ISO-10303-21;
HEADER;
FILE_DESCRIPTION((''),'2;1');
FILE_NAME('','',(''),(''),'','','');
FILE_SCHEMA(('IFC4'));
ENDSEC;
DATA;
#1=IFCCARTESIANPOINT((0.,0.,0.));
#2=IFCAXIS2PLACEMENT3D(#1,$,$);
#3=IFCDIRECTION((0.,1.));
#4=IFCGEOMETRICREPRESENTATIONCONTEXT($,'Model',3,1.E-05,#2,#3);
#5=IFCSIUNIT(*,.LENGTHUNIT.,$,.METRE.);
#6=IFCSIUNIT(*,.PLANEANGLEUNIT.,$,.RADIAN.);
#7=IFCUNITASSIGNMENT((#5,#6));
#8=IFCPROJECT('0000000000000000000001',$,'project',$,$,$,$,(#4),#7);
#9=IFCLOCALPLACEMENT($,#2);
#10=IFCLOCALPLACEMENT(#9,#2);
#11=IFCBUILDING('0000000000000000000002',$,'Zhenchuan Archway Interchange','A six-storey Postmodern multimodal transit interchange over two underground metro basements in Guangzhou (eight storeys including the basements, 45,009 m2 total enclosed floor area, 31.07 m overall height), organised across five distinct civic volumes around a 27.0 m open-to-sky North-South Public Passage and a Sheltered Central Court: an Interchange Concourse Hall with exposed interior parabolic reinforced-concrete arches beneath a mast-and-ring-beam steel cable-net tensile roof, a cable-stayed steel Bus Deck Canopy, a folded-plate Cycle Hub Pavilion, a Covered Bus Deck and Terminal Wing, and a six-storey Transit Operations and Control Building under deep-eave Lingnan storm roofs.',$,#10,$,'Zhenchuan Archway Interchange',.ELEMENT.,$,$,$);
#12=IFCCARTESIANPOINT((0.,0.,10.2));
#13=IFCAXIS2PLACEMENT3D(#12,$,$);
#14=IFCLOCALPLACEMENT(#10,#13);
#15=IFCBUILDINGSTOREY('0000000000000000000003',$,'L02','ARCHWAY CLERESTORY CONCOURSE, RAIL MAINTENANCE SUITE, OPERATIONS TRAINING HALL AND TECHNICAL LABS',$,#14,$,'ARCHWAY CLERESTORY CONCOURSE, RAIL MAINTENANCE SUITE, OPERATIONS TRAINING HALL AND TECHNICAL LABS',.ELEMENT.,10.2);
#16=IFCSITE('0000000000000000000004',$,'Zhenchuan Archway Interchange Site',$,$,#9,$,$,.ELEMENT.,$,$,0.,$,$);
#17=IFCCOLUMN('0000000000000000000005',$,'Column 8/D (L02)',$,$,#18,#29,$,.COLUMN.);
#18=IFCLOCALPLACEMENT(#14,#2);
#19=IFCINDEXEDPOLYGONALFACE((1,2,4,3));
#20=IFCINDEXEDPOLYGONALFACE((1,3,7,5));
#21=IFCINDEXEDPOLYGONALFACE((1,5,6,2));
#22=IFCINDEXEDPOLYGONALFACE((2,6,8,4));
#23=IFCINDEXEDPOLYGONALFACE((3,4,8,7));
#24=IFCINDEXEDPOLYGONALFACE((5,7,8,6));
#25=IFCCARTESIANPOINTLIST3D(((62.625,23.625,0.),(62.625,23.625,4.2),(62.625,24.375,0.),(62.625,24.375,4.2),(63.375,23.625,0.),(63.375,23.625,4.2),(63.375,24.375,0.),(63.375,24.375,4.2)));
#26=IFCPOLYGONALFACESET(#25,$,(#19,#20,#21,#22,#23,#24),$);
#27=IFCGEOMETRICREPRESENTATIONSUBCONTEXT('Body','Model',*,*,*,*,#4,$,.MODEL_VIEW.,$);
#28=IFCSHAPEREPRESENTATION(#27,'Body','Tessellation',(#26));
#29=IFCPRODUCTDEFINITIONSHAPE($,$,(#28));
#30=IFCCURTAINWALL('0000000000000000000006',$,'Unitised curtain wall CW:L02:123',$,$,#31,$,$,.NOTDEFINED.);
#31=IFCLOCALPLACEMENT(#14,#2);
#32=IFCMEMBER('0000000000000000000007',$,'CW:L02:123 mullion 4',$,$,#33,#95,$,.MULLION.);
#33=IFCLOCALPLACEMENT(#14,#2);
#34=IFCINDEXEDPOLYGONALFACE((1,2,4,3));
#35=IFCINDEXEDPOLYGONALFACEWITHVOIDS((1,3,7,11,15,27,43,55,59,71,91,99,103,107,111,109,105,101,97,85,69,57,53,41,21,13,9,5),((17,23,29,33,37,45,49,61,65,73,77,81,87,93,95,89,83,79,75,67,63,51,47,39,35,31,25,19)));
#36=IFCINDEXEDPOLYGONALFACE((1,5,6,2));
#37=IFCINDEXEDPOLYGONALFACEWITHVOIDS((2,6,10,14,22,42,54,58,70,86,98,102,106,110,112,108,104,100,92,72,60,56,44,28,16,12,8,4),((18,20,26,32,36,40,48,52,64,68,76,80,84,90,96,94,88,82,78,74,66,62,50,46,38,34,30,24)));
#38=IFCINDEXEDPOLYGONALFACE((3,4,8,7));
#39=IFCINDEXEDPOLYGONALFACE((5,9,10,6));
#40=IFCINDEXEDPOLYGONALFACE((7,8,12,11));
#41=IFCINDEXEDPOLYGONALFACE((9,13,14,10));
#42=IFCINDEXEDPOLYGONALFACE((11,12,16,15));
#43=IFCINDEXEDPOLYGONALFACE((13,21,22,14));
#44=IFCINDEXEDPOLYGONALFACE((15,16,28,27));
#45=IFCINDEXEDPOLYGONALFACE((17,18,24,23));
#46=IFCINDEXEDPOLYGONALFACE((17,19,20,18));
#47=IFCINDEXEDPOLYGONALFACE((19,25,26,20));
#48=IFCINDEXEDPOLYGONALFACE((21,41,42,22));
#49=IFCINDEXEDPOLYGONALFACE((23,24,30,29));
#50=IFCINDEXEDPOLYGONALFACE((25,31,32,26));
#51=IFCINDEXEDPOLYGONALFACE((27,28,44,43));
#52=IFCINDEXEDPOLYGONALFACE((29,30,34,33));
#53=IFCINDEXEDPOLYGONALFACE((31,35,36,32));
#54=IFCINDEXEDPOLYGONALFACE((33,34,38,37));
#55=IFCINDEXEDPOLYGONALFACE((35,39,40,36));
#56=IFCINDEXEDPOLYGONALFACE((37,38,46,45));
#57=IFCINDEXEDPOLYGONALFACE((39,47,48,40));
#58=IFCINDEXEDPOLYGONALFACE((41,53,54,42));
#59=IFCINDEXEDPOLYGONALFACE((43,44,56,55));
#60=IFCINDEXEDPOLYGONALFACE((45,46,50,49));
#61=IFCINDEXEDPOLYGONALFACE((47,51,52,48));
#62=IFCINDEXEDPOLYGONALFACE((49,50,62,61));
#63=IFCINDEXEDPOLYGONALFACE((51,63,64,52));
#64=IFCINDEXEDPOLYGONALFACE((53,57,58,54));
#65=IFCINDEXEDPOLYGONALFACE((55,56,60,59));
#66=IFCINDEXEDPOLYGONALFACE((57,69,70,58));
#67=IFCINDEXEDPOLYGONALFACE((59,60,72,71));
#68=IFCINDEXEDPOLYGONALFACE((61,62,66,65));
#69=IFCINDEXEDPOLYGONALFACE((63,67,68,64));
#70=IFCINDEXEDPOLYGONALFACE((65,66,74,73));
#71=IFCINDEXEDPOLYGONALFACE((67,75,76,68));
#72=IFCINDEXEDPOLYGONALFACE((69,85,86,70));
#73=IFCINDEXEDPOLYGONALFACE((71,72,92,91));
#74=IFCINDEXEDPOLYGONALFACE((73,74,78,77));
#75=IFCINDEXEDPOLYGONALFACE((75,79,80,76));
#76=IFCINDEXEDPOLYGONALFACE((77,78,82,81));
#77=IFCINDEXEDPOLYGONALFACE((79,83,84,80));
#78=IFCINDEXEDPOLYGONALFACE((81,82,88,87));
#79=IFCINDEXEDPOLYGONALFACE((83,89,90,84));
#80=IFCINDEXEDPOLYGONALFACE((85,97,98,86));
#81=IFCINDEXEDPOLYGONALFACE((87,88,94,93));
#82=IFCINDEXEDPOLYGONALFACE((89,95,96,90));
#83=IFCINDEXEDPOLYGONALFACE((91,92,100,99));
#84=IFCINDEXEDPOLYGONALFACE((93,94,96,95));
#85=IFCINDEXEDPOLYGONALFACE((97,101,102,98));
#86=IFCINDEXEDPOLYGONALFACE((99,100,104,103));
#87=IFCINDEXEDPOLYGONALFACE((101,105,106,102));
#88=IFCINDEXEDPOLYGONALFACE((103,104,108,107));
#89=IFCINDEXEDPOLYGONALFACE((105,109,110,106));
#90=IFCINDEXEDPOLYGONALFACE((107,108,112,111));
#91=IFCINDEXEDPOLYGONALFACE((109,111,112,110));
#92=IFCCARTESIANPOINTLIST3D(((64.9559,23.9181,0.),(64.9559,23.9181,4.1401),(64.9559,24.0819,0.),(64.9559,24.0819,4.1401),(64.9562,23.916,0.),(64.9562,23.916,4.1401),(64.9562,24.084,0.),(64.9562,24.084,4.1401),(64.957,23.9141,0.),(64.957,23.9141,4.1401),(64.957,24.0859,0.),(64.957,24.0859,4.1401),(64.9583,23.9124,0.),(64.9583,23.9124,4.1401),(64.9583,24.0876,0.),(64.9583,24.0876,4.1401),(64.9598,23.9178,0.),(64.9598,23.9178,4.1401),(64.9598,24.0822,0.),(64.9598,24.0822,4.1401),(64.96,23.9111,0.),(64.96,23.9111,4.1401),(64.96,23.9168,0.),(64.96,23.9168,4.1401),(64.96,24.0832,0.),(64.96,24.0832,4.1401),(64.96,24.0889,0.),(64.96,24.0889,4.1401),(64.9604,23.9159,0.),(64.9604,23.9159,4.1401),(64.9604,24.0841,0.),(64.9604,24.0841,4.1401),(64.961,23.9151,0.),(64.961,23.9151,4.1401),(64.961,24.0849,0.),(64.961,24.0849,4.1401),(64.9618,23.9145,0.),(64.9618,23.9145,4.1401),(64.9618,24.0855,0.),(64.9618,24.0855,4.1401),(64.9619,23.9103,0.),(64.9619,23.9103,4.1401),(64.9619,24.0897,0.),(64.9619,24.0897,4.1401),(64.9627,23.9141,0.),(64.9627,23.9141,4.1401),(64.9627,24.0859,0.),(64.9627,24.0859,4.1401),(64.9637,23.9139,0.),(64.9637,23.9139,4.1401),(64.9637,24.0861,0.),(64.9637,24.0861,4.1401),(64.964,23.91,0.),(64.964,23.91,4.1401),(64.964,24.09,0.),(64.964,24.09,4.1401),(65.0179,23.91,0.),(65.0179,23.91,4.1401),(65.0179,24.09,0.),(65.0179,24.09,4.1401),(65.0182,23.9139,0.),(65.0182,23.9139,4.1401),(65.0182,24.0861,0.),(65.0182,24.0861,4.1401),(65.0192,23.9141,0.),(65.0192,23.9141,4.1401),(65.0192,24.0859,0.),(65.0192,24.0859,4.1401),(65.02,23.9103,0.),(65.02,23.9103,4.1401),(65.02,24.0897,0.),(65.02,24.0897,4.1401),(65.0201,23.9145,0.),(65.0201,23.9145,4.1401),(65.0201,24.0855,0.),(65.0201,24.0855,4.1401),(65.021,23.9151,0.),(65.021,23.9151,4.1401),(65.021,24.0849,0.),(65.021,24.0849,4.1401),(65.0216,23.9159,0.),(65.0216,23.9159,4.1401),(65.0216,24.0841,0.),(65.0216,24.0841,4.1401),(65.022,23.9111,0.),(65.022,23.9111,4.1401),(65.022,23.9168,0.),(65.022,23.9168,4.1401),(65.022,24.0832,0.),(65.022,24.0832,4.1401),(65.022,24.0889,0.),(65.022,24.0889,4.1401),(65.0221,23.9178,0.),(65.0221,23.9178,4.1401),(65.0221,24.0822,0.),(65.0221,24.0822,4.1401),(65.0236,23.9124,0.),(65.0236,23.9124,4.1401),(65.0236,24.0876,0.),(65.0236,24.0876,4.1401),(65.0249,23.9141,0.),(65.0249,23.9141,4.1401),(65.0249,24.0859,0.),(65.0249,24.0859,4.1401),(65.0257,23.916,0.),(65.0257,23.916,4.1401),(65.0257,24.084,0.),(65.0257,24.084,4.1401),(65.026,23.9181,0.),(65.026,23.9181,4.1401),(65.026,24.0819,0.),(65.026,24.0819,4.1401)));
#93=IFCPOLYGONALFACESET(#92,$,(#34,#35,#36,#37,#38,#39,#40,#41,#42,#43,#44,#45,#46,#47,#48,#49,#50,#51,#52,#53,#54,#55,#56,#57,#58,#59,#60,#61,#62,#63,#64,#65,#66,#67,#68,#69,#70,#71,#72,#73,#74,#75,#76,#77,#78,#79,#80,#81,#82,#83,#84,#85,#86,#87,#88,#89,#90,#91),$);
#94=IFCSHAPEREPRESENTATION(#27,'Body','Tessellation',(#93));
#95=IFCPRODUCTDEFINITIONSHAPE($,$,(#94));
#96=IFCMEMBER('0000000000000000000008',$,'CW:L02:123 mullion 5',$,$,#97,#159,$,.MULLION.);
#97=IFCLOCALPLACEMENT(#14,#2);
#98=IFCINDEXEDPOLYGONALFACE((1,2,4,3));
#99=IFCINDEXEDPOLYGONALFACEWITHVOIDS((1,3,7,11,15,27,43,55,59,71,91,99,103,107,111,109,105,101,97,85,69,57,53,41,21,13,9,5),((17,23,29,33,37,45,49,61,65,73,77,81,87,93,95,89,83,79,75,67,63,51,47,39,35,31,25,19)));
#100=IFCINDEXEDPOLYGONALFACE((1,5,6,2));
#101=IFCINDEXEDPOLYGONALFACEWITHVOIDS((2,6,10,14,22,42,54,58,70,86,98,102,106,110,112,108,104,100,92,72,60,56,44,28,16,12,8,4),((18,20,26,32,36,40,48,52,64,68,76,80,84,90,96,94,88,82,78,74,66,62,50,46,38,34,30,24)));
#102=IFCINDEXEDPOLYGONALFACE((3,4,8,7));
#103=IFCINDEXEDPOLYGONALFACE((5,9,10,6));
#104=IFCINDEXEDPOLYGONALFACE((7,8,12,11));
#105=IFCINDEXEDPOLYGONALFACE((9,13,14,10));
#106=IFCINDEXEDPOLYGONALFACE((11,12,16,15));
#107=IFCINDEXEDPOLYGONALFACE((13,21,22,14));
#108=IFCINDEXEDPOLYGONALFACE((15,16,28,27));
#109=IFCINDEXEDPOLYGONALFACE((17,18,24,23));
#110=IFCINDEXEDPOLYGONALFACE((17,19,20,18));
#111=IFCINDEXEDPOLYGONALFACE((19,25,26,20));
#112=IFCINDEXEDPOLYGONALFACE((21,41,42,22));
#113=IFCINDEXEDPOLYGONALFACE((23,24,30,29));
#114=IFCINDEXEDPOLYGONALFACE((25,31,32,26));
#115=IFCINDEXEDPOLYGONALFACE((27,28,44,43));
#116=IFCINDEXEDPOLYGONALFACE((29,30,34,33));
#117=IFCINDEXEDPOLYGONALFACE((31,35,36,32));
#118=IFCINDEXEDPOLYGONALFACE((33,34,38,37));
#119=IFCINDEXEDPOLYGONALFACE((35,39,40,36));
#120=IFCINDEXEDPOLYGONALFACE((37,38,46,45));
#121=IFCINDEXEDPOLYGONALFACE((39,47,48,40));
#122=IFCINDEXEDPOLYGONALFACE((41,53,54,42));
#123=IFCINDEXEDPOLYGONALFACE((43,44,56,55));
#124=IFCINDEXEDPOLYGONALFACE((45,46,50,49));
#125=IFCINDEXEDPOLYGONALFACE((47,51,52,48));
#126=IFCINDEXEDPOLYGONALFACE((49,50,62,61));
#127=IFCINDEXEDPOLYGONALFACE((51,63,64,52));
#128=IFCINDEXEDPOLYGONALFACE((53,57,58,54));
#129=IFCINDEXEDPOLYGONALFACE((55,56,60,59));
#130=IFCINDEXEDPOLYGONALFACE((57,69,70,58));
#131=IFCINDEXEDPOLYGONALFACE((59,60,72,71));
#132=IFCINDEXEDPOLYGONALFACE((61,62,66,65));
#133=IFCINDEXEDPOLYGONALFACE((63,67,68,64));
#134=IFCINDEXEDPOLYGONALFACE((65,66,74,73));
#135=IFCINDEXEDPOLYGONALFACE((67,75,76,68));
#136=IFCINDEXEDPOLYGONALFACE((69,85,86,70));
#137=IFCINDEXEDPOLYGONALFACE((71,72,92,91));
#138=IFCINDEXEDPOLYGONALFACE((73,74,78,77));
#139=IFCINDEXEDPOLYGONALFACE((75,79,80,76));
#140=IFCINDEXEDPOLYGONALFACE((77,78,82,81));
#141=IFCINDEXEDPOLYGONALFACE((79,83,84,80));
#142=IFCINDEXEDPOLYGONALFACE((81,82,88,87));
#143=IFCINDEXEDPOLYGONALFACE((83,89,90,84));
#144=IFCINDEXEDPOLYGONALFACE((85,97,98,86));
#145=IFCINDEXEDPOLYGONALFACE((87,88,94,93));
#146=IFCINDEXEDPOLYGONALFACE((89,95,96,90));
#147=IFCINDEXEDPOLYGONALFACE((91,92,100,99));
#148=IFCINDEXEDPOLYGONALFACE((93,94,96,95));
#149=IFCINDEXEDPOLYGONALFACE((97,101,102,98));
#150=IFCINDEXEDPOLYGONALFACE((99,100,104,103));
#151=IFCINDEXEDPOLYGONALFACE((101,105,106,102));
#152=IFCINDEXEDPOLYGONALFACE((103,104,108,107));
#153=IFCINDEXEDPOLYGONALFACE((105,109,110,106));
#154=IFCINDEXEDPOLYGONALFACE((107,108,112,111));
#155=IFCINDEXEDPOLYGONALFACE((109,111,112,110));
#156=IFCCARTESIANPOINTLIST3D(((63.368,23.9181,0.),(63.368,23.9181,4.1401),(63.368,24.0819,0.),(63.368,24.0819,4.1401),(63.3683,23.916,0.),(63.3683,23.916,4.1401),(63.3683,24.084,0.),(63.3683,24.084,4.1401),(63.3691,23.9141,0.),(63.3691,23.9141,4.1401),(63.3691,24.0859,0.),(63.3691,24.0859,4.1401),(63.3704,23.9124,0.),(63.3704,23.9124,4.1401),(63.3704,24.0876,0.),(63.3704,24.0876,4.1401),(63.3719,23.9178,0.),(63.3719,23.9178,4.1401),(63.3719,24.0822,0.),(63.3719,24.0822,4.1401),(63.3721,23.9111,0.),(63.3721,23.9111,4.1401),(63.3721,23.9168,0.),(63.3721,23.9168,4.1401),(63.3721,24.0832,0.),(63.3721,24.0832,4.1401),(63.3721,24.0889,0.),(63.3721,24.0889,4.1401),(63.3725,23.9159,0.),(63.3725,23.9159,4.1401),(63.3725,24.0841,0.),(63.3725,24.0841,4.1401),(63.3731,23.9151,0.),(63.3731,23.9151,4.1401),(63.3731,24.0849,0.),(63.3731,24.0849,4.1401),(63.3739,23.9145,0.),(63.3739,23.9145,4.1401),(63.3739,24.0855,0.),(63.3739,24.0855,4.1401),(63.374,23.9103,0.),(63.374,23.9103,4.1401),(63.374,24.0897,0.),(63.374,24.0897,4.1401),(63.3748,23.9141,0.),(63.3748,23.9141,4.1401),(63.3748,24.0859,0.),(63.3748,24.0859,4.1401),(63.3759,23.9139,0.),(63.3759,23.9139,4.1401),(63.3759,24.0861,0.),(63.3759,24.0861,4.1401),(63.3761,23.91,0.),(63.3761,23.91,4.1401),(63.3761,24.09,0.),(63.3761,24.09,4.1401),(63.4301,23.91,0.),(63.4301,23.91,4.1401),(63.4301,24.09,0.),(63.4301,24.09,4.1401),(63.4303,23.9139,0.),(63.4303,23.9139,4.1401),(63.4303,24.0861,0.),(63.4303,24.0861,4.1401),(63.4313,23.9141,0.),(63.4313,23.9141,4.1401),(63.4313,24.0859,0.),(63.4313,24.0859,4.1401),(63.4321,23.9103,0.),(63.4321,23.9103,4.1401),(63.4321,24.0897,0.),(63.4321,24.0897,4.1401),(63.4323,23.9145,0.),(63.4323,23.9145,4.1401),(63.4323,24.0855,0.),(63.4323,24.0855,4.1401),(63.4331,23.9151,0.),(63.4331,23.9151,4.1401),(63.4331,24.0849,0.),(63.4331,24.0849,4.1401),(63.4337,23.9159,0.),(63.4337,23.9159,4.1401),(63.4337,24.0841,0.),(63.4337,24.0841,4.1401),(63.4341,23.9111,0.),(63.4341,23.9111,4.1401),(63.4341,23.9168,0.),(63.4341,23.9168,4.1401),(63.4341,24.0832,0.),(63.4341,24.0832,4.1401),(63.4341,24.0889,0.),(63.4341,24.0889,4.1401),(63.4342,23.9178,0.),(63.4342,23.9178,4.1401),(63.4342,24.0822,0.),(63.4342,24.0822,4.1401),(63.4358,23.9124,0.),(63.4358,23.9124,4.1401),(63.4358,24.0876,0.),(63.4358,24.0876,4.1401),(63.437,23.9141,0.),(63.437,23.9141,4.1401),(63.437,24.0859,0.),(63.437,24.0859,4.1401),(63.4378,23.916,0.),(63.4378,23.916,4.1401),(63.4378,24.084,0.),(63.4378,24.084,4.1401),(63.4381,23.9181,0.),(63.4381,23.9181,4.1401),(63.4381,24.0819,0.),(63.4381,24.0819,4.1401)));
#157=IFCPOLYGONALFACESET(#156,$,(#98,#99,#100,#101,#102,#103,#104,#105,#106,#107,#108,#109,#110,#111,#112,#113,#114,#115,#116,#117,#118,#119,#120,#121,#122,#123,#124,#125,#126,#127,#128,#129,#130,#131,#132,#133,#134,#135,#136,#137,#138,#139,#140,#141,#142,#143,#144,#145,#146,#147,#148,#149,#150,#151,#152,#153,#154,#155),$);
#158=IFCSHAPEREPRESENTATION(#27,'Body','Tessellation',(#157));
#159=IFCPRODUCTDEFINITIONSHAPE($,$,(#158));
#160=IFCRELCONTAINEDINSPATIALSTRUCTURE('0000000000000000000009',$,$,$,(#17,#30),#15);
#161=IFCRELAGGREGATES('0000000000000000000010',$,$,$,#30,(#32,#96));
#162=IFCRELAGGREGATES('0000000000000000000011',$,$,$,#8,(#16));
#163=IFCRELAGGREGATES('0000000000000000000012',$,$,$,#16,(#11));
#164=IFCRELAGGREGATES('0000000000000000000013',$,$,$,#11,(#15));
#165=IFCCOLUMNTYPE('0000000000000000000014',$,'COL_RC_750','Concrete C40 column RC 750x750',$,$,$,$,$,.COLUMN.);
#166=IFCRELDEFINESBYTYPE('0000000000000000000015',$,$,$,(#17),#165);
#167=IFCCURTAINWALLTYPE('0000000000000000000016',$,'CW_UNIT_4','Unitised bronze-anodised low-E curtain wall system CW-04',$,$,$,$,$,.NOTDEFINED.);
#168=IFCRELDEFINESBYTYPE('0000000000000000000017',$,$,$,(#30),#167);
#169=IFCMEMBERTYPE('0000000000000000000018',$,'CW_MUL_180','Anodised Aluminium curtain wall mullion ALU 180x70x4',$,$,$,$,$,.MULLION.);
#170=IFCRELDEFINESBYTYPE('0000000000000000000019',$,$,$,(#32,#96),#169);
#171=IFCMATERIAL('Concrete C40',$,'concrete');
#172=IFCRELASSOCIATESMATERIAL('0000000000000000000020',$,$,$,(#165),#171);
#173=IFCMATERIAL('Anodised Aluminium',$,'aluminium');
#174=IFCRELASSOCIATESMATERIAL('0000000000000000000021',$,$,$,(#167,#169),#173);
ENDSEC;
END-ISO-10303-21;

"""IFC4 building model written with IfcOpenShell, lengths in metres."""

from ifc_helpers import new_model, si_unit, direction, frame, origin, origin_2d, place, context, subcontext, project, spatial, rectangle, hollow_rectangle, extrude, material, material_profile, profile_set, type_object, element, aggregate, save


model = new_model("IFC4")

# Units and contexts
model_context = context("Model", 3, precision=1e-05, world=origin(), true_north=direction((0.0, 1.0)))
body_context = subcontext(model_context, "Body", "Model", "MODEL_VIEW")
ifc_project = project(units=[si_unit("LENGTHUNIT", "METRE"), si_unit("PLANEANGLEUNIT", "RADIAN")], contexts=[model_context])

# Site, building, storey
site_placement = place(None, origin())
site = spatial("IfcSite", under=ifc_project, at=site_placement, Name="Zhenchuan Archway Interchange Site", CompositionType="ELEMENT", RefElevation=0.0)
building_placement = place(site_placement, origin())
building = spatial("IfcBuilding", under=site, at=building_placement, Name="Zhenchuan Archway Interchange", Description="A six-storey Postmodern multimodal transit interchange over two underground metro basements in Guangzhou (eight storeys including the basements, 45,009 m2 total enclosed floor area, 31.07 m overall height), organised across five distinct civic volumes around a 27.0 m open-to-sky North-South Public Passage and a Sheltered Central Court: an Interchange Concourse Hall with exposed interior parabolic reinforced-concrete arches beneath a mast-and-ring-beam steel cable-net tensile roof, a cable-stayed steel Bus Deck Canopy, a folded-plate Cycle Hub Pavilion, a Covered Bus Deck and Terminal Wing, and a six-storey Transit Operations and Control Building under deep-eave Lingnan storm roofs.", LongName="Zhenchuan Archway Interchange", CompositionType="ELEMENT")
storey_placement = place(building_placement, frame((0.0, 0.0, 10.2)))
storey = spatial("IfcBuildingStorey", under=building, at=storey_placement, Name="L02", Description="ARCHWAY CLERESTORY CONCOURSE, RAIL MAINTENANCE SUITE, OPERATIONS TRAINING HALL AND TECHNICAL LABS", LongName="ARCHWAY CLERESTORY CONCOURSE, RAIL MAINTENANCE SUITE, OPERATIONS TRAINING HALL AND TECHNICAL LABS", CompositionType="ELEMENT", Elevation=10.2)

# Column
ifc_material_1 = material(Name="Concrete C40", Category="concrete")
ifc_material_profile_1 = material_profile(ifc_material_1, rectangle(XDim=0.75, YDim=0.75, at=origin_2d()), Name="RC 750x750")
ifc_profile_set_1 = profile_set([ifc_material_profile_1], Name="Concrete C40")
column_type = type_object("IfcColumnType", Name="COL_RC_750", Description="Concrete C40 column RC 750x750", PredefinedType="COLUMN", material=ifc_profile_set_1)
column_placement = place(storey_placement, frame((63.0, 24.0, 0.0), z_axis=(0.0, 0.0, 1.0), x_axis=(1.0, 0.0, 0.0)))
element("IfcColumn", 1, at=column_placement, inside=storey, type_object=column_type, Name="Column 8/D (L02)", PredefinedType="COLUMN", context=body_context, shape_type="SweptSolid", body=[
    extrude(rectangle(XDim=0.75, YDim=0.75, at=origin_2d()), origin(), (0.0, 0.0, 1.0), 4.2),
])

# Curtain wall, members
ifc_material_2 = material(Name="Anodised Aluminium", Category="aluminium")
curtain_wall_type = type_object("IfcCurtainWallType", Name="CW_UNIT_4", Description="Unitised bronze-anodised low-E curtain wall system CW-04", PredefinedType="NOTDEFINED", material=ifc_material_2)
curtain_wall_placement = place(storey_placement, origin())
curtain_wall = element("IfcCurtainWall", 2, at=curtain_wall_placement, inside=storey, type_object=curtain_wall_type, Name="Unitised curtain wall CW:L02:123", PredefinedType="NOTDEFINED")
ifc_material_profile_2 = material_profile(ifc_material_2, hollow_rectangle(XDim=0.0701, YDim=0.1799, WallThickness=0.0039, InnerFilletRadius=0.0039, OuterFilletRadius=0.0081, at=origin_2d()), Name="ALU 180x70x4")
ifc_profile_set_2 = profile_set([ifc_material_profile_2], Name="Anodised Aluminium")
member_type_1 = type_object("IfcMemberType", Name="CW_MUL_180", Description="Anodised Aluminium curtain wall mullion ALU 180x70x4", PredefinedType="MULLION", material=ifc_profile_set_2)
member_1_placement = place(storey_placement, frame((64.991, 24.0, 0.0), z_axis=(0.0, 0.0, 1.0), x_axis=(1.0, 0.0, 0.0)))
member_1 = element("IfcMember", 3, at=member_1_placement, type_object=member_type_1, Name="CW:L02:123 mullion 4", PredefinedType="MULLION", context=body_context, shape_type="SweptSolid", body=[
    extrude(hollow_rectangle(XDim=0.0701, YDim=0.1799, WallThickness=0.0039, InnerFilletRadius=0.0039, OuterFilletRadius=0.0081, at=origin_2d()), origin(), (0.0, 0.0, 1.0), 4.1401),
])
member_2_placement = place(storey_placement, frame((63.4031, 24.0, 0.0), z_axis=(0.0, 0.0, 1.0), x_axis=(1.0, 0.0, 0.0)))
member_2 = element("IfcMember", 4, at=member_2_placement, type_object=member_type_1, Name="CW:L02:123 mullion 5", PredefinedType="MULLION", context=body_context, shape_type="SweptSolid", body=[
    extrude(hollow_rectangle(XDim=0.0701, YDim=0.1799, WallThickness=0.0039, InnerFilletRadius=0.0039, OuterFilletRadius=0.0081, at=origin_2d()), origin(), (0.0, 0.0, 1.0), 4.1401),
])

aggregate(curtain_wall, [member_1, member_2])

save(model, "model.ifc")
